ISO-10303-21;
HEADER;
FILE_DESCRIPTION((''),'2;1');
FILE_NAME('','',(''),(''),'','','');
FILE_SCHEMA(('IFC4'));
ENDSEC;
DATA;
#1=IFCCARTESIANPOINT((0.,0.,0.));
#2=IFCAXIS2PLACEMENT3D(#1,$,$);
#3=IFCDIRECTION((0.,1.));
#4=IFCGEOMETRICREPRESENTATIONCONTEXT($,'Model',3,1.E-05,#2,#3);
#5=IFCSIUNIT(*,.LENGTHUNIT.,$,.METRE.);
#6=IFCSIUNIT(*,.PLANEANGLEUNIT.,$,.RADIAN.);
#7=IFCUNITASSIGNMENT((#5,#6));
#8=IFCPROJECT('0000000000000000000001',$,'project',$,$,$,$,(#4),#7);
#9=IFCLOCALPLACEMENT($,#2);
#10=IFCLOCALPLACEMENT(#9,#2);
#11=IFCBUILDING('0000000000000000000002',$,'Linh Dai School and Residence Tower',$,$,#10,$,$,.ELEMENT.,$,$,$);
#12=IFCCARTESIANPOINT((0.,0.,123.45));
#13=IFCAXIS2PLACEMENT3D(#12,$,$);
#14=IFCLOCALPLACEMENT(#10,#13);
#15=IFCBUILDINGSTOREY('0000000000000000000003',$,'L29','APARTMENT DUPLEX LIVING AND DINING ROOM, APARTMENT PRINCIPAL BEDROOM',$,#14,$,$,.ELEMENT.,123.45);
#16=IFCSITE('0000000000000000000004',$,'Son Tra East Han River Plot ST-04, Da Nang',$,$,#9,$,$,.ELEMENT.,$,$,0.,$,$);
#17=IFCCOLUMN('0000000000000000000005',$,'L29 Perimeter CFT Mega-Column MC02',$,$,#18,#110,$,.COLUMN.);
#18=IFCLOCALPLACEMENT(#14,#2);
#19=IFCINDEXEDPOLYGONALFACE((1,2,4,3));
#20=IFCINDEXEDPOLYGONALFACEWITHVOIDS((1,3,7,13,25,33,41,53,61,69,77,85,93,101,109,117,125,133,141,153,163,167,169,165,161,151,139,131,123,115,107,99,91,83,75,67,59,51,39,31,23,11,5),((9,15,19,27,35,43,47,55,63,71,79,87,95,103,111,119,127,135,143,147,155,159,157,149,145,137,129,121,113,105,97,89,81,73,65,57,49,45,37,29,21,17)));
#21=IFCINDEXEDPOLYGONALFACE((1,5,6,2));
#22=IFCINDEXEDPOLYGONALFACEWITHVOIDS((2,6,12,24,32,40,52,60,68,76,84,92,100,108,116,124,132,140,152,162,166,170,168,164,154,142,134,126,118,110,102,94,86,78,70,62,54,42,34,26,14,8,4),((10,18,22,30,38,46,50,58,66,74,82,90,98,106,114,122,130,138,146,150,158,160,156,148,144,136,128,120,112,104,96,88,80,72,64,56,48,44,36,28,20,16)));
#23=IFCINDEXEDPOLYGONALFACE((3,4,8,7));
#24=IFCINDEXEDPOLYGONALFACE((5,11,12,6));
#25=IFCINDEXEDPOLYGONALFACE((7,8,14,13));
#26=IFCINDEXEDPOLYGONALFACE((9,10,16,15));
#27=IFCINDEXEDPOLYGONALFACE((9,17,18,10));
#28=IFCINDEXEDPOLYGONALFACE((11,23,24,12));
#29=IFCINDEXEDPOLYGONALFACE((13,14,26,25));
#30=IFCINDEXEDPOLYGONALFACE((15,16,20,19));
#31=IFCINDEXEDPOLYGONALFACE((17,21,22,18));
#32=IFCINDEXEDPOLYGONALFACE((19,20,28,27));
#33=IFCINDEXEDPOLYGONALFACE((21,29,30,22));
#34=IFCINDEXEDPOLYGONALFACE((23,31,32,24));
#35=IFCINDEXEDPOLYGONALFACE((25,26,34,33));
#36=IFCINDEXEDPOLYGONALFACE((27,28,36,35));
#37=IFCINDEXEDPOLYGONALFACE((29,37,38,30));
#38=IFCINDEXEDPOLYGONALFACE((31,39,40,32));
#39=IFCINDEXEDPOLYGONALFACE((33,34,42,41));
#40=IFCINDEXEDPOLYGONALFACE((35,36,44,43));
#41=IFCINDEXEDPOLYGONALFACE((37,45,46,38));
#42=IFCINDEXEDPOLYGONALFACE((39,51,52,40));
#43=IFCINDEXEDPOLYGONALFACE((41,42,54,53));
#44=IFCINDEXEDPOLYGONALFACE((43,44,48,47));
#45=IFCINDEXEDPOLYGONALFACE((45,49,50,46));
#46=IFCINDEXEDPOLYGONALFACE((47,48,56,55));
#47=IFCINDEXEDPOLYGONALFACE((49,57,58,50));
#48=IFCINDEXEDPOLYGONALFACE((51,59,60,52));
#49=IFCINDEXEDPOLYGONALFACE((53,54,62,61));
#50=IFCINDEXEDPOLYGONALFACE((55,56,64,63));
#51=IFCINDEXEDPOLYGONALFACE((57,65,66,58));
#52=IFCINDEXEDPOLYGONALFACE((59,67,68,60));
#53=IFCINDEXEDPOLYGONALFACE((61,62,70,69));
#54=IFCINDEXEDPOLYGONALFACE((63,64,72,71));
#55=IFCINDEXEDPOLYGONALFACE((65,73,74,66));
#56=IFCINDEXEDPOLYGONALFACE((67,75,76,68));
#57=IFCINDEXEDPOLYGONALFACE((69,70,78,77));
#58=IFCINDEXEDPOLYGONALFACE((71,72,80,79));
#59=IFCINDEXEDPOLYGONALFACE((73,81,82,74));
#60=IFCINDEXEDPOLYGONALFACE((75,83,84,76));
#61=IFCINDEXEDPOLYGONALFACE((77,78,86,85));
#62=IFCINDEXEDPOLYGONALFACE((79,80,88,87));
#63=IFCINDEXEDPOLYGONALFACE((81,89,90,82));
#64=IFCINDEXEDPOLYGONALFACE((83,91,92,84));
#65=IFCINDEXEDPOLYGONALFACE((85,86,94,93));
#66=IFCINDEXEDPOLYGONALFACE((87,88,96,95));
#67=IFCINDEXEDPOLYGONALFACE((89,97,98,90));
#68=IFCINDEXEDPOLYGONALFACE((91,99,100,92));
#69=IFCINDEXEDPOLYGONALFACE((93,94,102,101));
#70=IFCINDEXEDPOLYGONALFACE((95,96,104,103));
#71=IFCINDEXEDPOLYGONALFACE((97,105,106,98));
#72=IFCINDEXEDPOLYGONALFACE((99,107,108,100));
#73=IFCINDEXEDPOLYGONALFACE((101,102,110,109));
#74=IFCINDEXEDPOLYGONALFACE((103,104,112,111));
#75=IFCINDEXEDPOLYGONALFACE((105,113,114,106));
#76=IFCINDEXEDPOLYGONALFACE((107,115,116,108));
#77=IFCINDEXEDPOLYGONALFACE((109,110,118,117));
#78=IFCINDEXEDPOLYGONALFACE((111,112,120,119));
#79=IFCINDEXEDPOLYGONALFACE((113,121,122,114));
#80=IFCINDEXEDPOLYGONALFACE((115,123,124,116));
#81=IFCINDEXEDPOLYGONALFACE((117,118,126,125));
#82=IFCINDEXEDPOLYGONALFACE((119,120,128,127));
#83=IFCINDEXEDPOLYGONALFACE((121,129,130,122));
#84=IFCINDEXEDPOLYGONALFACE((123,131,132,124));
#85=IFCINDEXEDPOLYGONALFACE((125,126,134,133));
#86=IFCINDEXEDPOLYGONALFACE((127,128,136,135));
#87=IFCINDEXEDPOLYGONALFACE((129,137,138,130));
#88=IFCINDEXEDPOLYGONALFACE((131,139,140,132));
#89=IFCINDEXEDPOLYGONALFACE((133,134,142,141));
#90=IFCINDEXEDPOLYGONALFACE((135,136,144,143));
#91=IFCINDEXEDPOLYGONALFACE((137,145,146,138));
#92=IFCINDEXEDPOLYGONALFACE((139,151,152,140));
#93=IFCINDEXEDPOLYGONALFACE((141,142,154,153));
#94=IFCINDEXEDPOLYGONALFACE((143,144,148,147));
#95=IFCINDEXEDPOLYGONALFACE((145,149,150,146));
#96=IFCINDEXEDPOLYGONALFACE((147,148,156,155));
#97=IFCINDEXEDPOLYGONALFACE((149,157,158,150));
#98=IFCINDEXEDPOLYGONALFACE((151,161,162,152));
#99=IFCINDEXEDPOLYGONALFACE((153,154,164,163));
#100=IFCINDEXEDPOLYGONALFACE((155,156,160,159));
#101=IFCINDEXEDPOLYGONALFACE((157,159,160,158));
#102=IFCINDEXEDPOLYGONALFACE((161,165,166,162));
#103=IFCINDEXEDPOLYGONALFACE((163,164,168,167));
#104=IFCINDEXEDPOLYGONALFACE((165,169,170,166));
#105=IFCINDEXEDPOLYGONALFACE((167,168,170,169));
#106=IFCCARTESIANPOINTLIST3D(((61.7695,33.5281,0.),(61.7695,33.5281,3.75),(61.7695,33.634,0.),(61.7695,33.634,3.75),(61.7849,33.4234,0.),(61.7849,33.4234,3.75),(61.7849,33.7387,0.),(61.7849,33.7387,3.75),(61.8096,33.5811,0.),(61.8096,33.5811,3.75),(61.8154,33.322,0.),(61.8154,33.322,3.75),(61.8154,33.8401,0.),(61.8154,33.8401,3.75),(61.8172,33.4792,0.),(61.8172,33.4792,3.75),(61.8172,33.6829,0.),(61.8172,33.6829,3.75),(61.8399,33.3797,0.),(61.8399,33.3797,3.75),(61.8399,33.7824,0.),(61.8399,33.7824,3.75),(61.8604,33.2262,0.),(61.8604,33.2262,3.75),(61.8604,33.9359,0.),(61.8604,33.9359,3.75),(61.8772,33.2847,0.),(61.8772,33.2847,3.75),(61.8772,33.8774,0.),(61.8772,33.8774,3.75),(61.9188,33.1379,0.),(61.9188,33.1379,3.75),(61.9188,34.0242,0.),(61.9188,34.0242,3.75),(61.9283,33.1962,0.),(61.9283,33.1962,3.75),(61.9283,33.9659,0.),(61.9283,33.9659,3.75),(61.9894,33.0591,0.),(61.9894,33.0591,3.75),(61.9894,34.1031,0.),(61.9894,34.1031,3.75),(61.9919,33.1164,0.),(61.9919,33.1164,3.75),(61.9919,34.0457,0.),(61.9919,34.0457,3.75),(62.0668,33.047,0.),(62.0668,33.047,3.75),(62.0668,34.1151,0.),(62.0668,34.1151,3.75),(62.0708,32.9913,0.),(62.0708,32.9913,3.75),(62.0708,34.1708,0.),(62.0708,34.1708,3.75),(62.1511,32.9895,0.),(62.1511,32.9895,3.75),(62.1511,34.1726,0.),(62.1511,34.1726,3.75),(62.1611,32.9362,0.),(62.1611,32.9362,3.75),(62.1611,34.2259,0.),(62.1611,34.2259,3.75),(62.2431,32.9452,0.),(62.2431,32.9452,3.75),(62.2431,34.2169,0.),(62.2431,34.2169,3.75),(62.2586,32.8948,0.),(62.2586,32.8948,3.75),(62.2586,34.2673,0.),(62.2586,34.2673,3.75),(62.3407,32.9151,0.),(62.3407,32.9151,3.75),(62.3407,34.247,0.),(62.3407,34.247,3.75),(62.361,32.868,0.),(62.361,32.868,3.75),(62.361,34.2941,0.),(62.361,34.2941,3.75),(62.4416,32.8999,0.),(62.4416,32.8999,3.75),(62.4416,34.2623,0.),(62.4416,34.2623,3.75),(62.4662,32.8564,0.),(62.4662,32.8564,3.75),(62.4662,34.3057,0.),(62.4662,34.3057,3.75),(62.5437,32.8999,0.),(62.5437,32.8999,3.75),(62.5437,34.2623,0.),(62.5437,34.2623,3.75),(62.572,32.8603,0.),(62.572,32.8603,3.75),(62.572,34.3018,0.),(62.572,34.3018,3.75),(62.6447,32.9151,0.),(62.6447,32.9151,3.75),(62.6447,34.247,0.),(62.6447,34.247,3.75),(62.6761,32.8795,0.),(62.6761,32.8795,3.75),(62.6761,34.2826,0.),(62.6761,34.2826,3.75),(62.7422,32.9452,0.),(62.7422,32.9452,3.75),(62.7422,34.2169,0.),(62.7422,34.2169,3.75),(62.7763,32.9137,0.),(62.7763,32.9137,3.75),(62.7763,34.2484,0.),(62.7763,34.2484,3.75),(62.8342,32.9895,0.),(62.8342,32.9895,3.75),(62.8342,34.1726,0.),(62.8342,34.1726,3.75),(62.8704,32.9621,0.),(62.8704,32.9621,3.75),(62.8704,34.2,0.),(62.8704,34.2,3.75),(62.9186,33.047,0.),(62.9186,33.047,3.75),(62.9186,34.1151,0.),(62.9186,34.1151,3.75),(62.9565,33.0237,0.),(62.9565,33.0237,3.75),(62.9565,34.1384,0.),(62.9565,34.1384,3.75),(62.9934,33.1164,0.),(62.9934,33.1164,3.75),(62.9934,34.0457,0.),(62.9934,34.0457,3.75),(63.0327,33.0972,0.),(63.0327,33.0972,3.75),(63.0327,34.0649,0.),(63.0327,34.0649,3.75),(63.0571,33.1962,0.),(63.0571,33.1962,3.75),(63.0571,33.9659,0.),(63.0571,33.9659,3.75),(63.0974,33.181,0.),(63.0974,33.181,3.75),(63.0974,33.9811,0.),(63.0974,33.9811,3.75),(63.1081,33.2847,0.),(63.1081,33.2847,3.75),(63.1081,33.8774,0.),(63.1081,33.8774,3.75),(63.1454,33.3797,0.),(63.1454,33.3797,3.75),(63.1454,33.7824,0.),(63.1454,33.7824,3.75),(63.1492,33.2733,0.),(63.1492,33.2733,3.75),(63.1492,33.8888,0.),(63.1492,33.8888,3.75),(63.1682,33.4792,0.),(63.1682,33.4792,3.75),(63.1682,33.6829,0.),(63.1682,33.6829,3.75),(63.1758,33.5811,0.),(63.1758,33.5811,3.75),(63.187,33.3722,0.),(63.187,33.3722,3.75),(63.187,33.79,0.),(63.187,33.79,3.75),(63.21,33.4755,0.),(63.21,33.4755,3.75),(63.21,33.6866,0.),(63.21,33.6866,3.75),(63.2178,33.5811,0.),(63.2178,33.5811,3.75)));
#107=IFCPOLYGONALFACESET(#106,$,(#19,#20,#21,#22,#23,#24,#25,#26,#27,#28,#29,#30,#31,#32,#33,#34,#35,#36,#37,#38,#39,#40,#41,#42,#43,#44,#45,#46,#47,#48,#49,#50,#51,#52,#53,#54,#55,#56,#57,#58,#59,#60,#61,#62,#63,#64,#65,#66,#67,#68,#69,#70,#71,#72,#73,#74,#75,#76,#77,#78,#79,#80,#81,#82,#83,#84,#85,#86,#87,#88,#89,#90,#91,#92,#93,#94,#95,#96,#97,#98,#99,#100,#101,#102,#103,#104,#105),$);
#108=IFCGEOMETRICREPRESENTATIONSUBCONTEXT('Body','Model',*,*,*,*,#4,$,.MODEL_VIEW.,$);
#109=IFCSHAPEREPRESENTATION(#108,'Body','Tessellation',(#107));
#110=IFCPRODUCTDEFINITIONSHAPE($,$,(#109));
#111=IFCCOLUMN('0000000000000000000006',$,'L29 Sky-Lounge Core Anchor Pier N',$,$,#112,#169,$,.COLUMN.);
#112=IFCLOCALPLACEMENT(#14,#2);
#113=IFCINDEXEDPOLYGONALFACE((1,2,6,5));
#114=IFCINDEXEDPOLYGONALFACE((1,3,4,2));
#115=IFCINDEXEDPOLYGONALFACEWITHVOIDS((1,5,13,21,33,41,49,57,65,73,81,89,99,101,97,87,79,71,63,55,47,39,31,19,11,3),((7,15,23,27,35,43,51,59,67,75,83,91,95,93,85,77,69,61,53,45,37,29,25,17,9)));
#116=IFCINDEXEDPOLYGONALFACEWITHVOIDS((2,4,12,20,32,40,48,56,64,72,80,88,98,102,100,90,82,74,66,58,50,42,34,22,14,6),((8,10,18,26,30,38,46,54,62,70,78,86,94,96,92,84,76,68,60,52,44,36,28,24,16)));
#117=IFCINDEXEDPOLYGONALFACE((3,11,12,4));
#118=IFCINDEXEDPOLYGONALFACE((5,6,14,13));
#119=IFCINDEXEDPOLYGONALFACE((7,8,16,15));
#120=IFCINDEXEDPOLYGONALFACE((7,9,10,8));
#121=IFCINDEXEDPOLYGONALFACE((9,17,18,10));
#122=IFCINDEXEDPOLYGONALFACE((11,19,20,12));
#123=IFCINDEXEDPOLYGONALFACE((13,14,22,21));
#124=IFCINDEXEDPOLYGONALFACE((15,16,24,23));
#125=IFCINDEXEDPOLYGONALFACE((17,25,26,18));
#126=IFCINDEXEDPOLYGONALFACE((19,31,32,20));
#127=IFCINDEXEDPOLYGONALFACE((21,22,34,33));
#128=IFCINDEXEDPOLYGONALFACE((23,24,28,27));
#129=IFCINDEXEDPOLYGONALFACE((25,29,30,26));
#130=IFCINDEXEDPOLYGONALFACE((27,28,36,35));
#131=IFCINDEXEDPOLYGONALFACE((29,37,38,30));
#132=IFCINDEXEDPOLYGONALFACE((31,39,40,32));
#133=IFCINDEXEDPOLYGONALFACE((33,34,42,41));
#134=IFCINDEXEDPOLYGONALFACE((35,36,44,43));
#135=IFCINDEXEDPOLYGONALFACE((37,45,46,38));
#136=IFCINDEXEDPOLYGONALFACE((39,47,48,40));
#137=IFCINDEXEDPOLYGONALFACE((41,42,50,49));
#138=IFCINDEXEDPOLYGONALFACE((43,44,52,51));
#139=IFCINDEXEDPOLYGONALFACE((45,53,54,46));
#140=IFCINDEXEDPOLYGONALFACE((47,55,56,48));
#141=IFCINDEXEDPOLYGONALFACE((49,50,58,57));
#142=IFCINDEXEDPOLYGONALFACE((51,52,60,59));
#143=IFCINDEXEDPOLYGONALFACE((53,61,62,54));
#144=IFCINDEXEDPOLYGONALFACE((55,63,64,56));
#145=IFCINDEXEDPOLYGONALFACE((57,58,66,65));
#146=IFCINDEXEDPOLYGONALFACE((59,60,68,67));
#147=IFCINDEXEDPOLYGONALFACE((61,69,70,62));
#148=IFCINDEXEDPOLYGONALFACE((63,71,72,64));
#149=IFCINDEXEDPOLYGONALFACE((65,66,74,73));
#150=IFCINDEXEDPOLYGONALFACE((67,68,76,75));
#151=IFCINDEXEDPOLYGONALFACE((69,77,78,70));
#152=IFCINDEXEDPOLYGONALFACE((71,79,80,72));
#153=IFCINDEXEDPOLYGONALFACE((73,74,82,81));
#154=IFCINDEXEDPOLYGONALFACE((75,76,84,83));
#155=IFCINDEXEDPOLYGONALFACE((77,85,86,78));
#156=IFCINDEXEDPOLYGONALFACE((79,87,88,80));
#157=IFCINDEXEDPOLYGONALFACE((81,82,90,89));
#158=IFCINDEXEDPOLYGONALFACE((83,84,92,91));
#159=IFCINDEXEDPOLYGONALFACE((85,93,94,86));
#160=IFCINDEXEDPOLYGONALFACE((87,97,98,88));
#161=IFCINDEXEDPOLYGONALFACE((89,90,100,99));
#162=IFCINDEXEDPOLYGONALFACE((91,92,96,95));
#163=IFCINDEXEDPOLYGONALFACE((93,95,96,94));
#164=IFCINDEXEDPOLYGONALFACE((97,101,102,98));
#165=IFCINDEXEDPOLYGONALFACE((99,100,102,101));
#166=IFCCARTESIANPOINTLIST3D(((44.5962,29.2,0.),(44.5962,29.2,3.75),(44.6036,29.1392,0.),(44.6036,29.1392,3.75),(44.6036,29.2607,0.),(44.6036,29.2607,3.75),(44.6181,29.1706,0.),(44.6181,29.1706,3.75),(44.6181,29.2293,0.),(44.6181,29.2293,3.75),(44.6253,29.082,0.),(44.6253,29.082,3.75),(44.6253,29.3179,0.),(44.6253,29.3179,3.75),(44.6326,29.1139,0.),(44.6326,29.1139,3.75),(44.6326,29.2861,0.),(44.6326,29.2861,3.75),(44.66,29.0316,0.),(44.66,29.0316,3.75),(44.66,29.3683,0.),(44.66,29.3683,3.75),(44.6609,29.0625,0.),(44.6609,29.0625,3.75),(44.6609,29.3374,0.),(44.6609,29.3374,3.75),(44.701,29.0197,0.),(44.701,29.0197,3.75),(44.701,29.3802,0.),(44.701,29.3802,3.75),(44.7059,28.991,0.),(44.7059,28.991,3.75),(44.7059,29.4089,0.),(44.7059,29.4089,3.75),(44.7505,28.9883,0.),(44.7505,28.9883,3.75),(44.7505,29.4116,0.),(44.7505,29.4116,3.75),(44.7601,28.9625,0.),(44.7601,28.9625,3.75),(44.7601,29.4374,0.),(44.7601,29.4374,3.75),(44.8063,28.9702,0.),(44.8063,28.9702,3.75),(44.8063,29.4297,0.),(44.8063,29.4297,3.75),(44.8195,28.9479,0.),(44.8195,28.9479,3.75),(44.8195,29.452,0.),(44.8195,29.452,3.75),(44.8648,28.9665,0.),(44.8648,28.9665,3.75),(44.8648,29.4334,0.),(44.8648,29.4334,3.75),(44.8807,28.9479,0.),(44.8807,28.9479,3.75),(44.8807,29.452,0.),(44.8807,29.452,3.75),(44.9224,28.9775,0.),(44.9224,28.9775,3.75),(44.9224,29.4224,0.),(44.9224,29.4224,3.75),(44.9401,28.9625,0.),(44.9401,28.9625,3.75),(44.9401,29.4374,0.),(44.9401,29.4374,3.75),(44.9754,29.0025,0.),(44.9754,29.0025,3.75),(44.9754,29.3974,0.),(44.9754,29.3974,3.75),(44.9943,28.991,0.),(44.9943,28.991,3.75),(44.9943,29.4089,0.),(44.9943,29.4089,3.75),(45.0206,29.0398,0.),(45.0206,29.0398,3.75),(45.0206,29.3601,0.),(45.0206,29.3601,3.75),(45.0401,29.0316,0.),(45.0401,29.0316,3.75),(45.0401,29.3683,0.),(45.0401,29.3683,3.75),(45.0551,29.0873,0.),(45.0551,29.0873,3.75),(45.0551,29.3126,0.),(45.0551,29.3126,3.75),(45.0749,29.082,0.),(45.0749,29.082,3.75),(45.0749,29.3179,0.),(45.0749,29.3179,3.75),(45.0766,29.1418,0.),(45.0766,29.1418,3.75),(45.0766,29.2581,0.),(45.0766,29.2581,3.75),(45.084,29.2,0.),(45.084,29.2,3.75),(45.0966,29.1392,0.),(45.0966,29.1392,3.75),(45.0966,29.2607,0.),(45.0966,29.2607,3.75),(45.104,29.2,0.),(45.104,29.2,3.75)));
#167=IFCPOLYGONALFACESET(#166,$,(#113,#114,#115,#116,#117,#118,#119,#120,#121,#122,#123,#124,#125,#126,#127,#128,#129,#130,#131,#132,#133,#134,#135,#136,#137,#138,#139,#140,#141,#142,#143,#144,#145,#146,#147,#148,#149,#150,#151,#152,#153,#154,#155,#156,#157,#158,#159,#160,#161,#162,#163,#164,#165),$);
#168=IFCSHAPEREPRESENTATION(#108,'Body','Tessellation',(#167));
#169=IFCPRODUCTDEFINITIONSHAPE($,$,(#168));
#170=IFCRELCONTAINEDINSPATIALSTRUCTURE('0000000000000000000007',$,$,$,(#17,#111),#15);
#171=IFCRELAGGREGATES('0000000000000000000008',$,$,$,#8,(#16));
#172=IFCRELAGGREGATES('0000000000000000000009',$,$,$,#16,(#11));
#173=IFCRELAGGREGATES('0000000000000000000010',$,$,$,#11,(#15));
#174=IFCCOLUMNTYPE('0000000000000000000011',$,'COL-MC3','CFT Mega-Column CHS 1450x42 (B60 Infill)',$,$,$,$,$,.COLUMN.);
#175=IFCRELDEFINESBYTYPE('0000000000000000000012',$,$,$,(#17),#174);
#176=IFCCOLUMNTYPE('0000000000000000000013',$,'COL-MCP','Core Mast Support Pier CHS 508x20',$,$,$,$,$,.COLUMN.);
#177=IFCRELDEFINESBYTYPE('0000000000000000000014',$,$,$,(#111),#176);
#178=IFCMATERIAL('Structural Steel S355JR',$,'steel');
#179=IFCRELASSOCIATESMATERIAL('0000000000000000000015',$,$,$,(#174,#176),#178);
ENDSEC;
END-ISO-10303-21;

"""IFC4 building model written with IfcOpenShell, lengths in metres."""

from ifc_helpers import new_model, si_unit, direction, frame, origin, origin_2d, place, context, subcontext, project, spatial, hollow_circle, extrude, material, material_profile, profile_set, type_object, element, save


model = new_model("IFC4")

# Units and contexts
model_context = context("Model", 3, precision=1e-05, world=origin(), true_north=direction((0.0, 1.0)))
body_context = subcontext(model_context, "Body", "Model", "MODEL_VIEW")
ifc_project = project(units=[si_unit("LENGTHUNIT", "METRE"), si_unit("PLANEANGLEUNIT", "RADIAN")], contexts=[model_context])

# Site, building, storey
site_placement = place(None, origin())
site = spatial("IfcSite", under=ifc_project, at=site_placement, Name="Son Tra East Han River Plot ST-04, Da Nang", CompositionType="ELEMENT", RefElevation=0.0)
building_placement = place(site_placement, origin())
building = spatial("IfcBuilding", under=site, at=building_placement, Name="Linh Dai School and Residence Tower", CompositionType="ELEMENT")
storey_placement = place(building_placement, frame((0.0, 0.0, 123.45)))
storey = spatial("IfcBuildingStorey", under=building, at=storey_placement, Name="L29", Description="APARTMENT DUPLEX LIVING AND DINING ROOM, APARTMENT PRINCIPAL BEDROOM", CompositionType="ELEMENT", Elevation=123.45)

# Columns
ifc_material_1 = material(Name="Structural Steel S355JR", Category="steel")
ifc_material_profile_1 = material_profile(ifc_material_1, hollow_circle(Radius=0.7251, WallThickness=0.042, at=origin_2d()), Name="CHS 1450x42")
ifc_profile_set_1 = profile_set([ifc_material_profile_1], Name="Structural Steel S355JR")
column_type_1 = type_object("IfcColumnType", Name="COL-MC3", Description="CFT Mega-Column CHS 1450x42 (B60 Infill)", PredefinedType="COLUMN", material=ifc_profile_set_1)
for number, where, z_axis, x_axis, name in (
    (1, (62.4927, 33.5811, 0.0), (0.0, 0.0, 1.0), (1.0, 0.0, 0.0), "L29 Perimeter CFT Mega-Column MC02"),
):
    element("IfcColumn", number, at=place(storey_placement, frame(where, z_axis=z_axis, x_axis=x_axis)), inside=storey, type_object=column_type_1, Name=name, PredefinedType="COLUMN", context=body_context, shape_type="SweptSolid", body=[
        extrude(hollow_circle(Radius=0.7251, WallThickness=0.042, at=origin_2d()), origin(), (0.0, 0.0, 1.0), 3.75),
    ])
ifc_material_profile_2 = material_profile(ifc_material_1, hollow_circle(Radius=0.2539, WallThickness=0.02, at=origin_2d()), Name="CHS 508x20")
ifc_profile_set_2 = profile_set([ifc_material_profile_2], Name="Structural Steel S355JR")
column_type_2 = type_object("IfcColumnType", Name="COL-MCP", Description="Core Mast Support Pier CHS 508x20", PredefinedType="COLUMN", material=ifc_profile_set_2)
column_1_placement = place(storey_placement, frame((44.8501, 29.2, 0.0), z_axis=(0.0, 0.0, 1.0), x_axis=(1.0, 0.0, 0.0)))
element("IfcColumn", 2, at=column_1_placement, inside=storey, type_object=column_type_2, Name="L29 Sky-Lounge Core Anchor Pier N", PredefinedType="COLUMN", context=body_context, shape_type="SweptSolid", body=[
    extrude(hollow_circle(Radius=0.2539, WallThickness=0.02, at=origin_2d()), origin(), (0.0, 0.0, 1.0), 3.75),
])

save(model, "model.ifc")
